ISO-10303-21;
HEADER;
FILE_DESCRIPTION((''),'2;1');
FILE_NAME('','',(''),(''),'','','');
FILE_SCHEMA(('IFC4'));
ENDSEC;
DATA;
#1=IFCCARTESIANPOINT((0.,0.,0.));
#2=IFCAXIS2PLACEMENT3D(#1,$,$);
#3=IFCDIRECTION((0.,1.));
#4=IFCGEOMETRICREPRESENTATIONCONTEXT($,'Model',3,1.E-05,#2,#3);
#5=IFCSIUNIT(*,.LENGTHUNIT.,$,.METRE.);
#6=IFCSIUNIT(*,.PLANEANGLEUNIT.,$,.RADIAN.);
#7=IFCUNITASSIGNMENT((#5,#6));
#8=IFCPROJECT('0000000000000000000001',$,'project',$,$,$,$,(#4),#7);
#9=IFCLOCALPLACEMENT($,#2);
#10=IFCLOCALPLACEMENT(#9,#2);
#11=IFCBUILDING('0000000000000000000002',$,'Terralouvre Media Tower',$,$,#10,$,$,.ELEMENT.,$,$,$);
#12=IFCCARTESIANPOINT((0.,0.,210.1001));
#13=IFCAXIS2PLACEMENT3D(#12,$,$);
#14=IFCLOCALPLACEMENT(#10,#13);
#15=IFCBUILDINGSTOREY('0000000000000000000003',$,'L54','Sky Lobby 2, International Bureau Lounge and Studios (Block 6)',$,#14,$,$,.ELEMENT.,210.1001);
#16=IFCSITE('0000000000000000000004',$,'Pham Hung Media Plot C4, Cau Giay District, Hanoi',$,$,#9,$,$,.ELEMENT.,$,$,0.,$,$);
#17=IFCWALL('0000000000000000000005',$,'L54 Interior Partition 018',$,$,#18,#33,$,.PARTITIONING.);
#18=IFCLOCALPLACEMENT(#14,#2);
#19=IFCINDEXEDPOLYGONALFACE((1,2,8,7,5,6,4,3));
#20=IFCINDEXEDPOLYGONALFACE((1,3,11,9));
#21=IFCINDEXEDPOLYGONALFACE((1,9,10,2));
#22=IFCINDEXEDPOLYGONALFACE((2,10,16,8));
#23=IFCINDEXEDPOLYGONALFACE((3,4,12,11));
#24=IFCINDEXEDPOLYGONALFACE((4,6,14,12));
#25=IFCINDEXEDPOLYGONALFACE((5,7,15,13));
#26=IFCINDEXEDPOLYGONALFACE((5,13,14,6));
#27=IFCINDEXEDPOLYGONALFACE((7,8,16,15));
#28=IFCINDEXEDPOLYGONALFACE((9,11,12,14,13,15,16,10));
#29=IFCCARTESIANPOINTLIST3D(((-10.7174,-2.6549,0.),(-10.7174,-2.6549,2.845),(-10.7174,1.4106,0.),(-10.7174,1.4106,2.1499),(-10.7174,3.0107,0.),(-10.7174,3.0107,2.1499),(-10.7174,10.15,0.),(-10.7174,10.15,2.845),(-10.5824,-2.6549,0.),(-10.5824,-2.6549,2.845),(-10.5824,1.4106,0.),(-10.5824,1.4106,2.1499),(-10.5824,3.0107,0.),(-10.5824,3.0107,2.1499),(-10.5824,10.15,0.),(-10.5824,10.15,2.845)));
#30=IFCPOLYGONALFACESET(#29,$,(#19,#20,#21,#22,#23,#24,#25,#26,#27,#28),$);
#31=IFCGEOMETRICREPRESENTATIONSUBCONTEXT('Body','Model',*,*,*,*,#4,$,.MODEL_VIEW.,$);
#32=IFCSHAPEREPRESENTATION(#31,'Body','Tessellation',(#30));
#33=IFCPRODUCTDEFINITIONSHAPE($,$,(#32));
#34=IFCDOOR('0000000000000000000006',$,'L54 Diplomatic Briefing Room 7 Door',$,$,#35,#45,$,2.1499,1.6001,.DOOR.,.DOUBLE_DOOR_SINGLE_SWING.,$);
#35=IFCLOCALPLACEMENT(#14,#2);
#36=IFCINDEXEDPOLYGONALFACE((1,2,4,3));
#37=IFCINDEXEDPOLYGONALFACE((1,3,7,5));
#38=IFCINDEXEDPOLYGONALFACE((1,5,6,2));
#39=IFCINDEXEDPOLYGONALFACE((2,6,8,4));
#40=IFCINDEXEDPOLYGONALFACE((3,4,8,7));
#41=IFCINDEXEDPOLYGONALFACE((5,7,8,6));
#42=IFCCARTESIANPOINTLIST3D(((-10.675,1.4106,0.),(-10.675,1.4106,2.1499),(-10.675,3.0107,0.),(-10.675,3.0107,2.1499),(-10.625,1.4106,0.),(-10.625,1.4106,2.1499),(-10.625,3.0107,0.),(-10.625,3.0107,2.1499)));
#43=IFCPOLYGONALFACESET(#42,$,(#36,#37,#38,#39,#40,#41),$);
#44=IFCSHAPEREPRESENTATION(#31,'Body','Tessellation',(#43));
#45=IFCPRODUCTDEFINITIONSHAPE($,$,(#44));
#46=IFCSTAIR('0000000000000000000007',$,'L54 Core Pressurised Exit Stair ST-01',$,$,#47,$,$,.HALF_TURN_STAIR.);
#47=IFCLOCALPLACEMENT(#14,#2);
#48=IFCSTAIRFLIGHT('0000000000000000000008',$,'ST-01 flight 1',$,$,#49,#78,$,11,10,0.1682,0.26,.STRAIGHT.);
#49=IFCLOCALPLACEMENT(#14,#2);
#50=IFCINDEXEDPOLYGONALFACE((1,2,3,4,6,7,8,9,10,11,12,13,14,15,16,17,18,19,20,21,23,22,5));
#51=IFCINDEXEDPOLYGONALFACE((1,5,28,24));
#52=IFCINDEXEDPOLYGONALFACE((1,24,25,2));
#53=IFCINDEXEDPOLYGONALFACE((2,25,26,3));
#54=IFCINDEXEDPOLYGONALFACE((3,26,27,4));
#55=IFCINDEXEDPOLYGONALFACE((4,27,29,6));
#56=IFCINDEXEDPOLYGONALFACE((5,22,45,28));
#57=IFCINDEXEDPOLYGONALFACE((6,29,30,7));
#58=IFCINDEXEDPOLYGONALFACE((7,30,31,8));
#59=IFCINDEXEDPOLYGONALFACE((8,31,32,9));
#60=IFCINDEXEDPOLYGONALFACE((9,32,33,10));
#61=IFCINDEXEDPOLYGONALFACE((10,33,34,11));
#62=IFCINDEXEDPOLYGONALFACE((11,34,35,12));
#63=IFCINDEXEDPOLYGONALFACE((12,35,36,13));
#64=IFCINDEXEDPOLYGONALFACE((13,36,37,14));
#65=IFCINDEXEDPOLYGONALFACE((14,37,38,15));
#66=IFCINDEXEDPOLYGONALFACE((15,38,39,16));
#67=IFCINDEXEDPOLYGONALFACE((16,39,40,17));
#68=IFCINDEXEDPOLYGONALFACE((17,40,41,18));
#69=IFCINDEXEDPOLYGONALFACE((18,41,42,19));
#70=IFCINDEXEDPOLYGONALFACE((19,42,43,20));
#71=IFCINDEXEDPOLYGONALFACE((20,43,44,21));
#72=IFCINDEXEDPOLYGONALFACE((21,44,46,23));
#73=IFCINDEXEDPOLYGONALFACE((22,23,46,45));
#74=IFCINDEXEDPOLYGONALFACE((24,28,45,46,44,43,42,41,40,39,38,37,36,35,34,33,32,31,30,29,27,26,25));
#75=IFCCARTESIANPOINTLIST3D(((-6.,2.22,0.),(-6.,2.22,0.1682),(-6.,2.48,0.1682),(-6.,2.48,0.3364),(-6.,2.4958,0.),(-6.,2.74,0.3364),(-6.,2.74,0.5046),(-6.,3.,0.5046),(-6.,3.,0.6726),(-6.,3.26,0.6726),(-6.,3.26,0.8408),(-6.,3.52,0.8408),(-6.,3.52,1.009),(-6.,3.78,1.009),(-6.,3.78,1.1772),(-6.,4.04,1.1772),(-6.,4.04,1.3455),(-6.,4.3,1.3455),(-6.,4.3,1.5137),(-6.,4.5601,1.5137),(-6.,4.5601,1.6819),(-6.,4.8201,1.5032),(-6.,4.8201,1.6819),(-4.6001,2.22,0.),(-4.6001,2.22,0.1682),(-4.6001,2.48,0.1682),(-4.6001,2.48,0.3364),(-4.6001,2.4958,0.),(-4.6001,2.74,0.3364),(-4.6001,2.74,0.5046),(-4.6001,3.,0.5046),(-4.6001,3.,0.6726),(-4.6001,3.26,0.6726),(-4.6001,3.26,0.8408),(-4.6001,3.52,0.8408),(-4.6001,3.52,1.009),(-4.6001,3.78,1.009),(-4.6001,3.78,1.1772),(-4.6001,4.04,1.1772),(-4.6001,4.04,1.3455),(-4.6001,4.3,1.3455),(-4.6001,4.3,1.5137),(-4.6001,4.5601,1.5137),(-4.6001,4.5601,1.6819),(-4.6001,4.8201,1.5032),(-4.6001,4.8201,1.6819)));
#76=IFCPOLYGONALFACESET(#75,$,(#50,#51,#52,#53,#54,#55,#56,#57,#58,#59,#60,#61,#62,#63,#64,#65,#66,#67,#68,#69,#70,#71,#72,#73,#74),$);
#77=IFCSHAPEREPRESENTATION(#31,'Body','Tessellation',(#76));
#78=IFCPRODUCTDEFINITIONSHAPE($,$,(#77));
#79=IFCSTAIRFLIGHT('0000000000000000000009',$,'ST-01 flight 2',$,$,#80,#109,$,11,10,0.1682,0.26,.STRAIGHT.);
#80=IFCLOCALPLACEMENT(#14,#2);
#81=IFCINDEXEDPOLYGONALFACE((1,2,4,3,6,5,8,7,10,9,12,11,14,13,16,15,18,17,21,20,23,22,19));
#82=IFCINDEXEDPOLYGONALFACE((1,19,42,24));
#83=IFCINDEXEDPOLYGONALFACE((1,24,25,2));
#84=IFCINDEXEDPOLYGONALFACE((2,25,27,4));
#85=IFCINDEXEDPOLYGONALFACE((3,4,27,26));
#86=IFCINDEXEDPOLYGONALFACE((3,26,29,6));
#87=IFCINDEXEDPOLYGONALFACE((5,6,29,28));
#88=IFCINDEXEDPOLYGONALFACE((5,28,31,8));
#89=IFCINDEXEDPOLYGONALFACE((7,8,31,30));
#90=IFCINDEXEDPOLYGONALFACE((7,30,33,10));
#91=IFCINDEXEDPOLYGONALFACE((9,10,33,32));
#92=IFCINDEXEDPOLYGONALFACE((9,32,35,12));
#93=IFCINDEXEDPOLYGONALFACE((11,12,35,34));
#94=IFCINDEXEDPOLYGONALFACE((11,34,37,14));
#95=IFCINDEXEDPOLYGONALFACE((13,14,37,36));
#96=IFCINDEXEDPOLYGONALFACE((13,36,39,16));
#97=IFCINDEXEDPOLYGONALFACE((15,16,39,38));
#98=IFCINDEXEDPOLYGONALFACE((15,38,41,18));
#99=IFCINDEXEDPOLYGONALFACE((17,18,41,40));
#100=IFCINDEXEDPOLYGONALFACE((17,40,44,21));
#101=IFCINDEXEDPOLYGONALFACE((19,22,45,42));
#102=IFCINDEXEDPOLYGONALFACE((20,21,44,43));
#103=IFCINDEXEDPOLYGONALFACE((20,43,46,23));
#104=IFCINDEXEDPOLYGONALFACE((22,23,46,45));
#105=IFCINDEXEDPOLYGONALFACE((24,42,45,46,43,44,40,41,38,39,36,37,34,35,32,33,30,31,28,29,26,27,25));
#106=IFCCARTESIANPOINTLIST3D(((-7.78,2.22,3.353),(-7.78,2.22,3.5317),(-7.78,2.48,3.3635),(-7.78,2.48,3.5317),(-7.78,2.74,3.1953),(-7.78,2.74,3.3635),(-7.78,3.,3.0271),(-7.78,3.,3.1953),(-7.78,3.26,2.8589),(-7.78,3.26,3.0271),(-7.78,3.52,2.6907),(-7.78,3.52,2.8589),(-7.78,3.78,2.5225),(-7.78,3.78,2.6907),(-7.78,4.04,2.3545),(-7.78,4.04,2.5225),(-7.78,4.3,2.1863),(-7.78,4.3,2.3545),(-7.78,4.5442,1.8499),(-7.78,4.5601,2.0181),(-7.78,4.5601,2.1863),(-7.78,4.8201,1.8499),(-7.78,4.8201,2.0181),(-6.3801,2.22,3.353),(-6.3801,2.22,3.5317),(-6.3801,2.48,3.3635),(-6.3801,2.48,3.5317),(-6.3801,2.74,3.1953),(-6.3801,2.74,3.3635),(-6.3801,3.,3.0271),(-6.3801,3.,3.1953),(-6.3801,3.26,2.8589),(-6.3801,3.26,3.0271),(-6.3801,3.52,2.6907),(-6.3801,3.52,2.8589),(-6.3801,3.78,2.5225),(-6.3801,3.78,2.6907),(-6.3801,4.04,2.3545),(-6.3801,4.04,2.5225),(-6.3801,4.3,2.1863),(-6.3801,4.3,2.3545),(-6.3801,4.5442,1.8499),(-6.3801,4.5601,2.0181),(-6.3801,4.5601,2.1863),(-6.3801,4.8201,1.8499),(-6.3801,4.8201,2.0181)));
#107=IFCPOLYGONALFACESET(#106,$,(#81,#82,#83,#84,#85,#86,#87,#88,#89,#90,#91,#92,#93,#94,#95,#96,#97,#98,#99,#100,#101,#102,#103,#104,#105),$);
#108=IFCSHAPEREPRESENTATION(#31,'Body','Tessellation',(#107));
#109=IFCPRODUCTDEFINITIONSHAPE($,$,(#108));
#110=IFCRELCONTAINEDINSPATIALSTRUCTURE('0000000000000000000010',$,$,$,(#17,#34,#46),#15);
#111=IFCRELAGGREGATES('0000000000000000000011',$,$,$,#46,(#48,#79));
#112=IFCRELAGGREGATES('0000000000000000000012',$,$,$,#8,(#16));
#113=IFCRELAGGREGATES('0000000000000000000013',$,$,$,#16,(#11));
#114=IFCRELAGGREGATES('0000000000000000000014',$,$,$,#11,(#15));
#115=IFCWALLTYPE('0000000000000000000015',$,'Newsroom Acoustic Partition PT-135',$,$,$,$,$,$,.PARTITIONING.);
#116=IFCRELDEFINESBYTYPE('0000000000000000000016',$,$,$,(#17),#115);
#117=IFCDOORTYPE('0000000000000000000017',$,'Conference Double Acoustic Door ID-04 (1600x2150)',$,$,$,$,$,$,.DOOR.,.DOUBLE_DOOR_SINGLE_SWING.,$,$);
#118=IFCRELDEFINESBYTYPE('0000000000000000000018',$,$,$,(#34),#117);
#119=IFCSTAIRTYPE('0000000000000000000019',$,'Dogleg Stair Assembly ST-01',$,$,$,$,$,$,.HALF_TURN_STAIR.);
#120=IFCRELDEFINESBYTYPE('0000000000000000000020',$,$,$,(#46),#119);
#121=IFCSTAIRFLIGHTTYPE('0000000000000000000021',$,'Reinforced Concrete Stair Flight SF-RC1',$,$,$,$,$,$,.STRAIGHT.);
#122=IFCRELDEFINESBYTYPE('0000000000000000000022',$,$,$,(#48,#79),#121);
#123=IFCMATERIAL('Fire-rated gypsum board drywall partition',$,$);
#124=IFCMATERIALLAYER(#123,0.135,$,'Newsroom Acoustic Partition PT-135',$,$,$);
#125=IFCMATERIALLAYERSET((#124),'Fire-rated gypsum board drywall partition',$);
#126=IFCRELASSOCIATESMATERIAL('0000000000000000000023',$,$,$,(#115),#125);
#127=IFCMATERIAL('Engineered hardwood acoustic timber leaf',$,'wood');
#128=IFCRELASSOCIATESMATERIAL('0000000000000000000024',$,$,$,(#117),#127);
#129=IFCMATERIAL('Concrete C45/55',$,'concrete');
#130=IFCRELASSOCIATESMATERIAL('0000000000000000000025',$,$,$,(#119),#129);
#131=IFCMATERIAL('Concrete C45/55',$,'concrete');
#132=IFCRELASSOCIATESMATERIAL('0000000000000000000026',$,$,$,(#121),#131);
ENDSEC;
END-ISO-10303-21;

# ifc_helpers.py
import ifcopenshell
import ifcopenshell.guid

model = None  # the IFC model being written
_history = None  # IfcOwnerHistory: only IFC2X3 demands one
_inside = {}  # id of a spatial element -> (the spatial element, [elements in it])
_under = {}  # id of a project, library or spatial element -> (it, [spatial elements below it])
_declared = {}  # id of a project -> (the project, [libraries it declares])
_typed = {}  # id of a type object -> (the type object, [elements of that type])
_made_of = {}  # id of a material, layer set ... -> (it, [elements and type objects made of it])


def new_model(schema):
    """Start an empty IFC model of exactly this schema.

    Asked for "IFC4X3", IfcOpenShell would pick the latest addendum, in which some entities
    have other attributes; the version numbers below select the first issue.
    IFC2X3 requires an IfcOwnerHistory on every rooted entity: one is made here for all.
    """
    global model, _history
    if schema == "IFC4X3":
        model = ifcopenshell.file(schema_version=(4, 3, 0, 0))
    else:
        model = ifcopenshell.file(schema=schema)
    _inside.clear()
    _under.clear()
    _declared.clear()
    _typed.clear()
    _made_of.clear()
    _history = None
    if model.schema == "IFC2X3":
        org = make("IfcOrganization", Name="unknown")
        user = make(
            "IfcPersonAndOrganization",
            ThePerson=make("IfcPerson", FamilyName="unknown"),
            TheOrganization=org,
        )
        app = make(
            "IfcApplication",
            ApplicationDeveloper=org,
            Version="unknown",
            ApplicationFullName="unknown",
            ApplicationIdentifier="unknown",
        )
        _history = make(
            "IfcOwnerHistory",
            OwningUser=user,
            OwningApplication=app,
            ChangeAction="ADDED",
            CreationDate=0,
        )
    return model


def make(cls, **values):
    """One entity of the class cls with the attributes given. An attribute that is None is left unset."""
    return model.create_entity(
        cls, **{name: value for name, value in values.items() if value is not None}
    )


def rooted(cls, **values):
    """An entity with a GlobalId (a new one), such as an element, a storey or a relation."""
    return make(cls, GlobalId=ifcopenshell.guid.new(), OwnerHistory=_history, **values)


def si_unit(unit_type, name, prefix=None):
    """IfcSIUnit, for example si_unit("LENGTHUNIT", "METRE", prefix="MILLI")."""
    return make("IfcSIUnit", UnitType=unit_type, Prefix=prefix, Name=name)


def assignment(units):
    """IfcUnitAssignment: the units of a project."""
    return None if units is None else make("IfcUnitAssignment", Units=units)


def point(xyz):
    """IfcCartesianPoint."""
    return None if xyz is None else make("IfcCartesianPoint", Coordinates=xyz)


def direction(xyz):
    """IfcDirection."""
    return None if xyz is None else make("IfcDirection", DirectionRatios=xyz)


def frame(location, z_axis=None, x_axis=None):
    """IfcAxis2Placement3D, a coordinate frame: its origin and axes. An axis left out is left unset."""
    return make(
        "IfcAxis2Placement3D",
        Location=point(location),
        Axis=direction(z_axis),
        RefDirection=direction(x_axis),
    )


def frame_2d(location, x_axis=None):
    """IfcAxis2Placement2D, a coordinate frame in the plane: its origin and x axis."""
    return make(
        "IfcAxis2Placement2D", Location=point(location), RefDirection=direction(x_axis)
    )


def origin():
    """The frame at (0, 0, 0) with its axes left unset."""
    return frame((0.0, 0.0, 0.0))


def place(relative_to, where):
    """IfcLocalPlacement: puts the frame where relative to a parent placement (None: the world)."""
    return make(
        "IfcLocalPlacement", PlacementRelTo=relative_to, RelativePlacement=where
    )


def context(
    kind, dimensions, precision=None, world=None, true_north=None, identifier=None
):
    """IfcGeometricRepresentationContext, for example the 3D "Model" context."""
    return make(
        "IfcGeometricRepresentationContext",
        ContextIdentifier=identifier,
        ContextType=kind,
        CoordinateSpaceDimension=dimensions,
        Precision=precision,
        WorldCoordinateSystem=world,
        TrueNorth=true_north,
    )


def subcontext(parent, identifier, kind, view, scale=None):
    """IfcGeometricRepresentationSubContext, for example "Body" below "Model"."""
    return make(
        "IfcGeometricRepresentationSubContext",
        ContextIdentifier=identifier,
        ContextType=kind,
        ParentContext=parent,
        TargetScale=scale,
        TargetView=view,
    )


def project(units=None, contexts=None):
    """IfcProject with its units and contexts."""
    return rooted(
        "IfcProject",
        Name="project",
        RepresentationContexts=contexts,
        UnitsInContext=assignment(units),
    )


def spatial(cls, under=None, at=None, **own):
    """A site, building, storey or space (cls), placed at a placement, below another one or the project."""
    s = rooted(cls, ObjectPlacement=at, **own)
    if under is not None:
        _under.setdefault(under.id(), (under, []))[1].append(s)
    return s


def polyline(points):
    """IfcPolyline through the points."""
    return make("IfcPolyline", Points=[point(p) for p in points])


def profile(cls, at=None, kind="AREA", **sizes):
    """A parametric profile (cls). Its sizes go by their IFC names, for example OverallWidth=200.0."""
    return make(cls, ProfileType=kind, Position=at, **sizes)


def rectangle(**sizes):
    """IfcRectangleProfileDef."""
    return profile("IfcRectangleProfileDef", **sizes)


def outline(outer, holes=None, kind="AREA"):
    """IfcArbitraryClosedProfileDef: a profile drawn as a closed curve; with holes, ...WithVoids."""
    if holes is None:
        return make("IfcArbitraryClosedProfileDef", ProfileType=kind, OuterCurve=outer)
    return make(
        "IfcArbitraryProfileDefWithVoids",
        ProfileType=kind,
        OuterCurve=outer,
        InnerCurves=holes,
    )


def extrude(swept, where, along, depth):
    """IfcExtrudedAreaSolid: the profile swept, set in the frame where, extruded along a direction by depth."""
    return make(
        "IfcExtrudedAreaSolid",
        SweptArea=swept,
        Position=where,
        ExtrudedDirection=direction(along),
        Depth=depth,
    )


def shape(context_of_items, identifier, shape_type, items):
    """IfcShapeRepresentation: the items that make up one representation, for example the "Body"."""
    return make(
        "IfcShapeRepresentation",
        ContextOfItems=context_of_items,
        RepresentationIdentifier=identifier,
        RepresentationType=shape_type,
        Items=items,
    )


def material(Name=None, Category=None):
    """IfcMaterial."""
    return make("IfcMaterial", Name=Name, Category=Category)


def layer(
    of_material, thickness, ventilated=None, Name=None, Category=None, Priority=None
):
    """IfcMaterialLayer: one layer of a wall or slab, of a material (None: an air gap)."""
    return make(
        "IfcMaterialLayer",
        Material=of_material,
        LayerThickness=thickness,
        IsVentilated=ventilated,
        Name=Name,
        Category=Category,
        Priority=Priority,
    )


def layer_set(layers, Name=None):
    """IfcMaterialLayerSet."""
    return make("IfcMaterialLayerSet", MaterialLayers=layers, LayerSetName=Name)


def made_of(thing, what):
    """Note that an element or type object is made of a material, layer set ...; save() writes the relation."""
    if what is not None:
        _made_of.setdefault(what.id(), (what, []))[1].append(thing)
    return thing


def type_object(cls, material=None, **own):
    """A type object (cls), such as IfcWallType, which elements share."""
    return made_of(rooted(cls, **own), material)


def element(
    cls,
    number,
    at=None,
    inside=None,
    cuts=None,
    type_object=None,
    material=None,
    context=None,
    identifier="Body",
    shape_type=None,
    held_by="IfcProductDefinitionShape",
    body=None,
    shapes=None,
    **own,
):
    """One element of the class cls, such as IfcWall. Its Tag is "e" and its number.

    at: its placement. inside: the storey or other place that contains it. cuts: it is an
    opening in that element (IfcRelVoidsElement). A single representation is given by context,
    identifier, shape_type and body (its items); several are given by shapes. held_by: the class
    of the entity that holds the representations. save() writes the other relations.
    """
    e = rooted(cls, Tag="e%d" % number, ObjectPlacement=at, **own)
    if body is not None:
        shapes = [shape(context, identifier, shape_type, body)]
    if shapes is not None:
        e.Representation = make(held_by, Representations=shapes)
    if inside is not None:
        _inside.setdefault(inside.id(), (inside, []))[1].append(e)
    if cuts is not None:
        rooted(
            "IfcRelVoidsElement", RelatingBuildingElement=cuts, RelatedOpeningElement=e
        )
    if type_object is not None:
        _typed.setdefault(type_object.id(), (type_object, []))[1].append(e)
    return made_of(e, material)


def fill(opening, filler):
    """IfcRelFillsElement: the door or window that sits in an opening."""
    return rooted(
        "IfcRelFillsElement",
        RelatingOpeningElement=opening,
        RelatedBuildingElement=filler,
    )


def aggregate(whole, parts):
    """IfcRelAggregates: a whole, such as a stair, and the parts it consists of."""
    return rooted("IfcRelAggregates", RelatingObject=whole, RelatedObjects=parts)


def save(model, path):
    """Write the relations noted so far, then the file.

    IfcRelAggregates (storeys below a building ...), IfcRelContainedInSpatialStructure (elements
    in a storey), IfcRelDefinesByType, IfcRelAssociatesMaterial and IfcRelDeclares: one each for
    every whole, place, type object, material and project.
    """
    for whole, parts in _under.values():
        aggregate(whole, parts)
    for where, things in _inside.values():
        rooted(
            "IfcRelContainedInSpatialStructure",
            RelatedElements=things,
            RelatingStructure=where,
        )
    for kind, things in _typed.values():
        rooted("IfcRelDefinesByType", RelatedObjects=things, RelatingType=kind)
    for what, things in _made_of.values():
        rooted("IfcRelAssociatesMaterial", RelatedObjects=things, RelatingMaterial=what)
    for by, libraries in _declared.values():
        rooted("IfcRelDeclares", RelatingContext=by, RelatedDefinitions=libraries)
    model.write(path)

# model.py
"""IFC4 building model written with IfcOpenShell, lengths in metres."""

from ifc_helpers import new_model, si_unit, direction, frame, frame_2d, origin, place, context, subcontext, project, spatial, polyline, rectangle, outline, extrude, material, layer, layer_set, type_object, element, fill, aggregate, save


model = new_model("IFC4")

# Units and contexts
model_context = context("Model", 3, precision=1e-05, world=origin(), true_north=direction((0.0, 1.0)))
body_context = subcontext(model_context, "Body", "Model", "MODEL_VIEW")
ifc_project = project(units=[si_unit("LENGTHUNIT", "METRE"), si_unit("PLANEANGLEUNIT", "RADIAN")], contexts=[model_context])

# Site, building, storey
site_placement = place(None, origin())
site = spatial("IfcSite", under=ifc_project, at=site_placement, Name="Pham Hung Media Plot C4, Cau Giay District, Hanoi", CompositionType="ELEMENT", RefElevation=0.0)
building_placement = place(site_placement, origin())
building = spatial("IfcBuilding", under=site, at=building_placement, Name="Terralouvre Media Tower", CompositionType="ELEMENT")
storey_placement = place(building_placement, frame((0.0, 0.0, 210.1001)))
storey = spatial("IfcBuildingStorey", under=building, at=storey_placement, Name="L54", Description="Sky Lobby 2, International Bureau Lounge and Studios (Block 6)", CompositionType="ELEMENT", Elevation=210.1001)

# Wall, opening, door
ifc_material_1 = material(Name="Fire-rated gypsum board drywall partition")
ifc_layer_1 = layer(ifc_material_1, 0.135, Name="Newsroom Acoustic Partition PT-135")
ifc_layer_set_1 = layer_set([ifc_layer_1], Name="Fire-rated gypsum board drywall partition")
wall_type_1 = type_object("IfcWallType", Name="Newsroom Acoustic Partition PT-135", PredefinedType="PARTITIONING", material=ifc_layer_set_1)
wall_1_placement = place(storey_placement, frame((-10.6499, 10.1499, 0.0), z_axis=(0.0, 0.0, 1.0), x_axis=(0.0, -1.0, 0.0)))
wall_1 = element("IfcWall", 1, at=wall_1_placement, inside=storey, type_object=wall_type_1, Name="L54 Interior Partition 018", PredefinedType="PARTITIONING", context=body_context, shape_type="SweptSolid", body=[
    extrude(rectangle(XDim=12.8049, YDim=0.135, at=frame_2d((6.4023, 0.0))), origin(), (0.0, 0.0, 1.0), 2.845),
])
opening_1_placement = place(wall_1_placement, frame((7.1392, 0.0, 0.0)))
opening_1 = element("IfcOpeningElement", 2, at=opening_1_placement, cuts=wall_1, PredefinedType="OPENING", context=body_context, shape_type="SweptSolid", body=[
    extrude(rectangle(XDim=1.6001, YDim=2.1499, at=frame_2d((0.8, 1.075))), frame((0.0, 0.0774, 0.0), z_axis=(0.0, -1.0, 0.0), x_axis=(1.0, 0.0, 0.0)), (0.0, 0.0, 1.0), 0.155),
])
ifc_material_2 = material(Name="Engineered hardwood acoustic timber leaf", Category="wood")
door_type_1 = type_object("IfcDoorType", Name="Conference Double Acoustic Door ID-04 (1600x2150)", OperationType="DOUBLE_DOOR_SINGLE_SWING", PredefinedType="DOOR", material=ifc_material_2)
door_1_placement = place(opening_1_placement, origin())
door_1 = element("IfcDoor", 3, at=door_1_placement, inside=storey, type_object=door_type_1, Name="L54 Diplomatic Briefing Room 7 Door", OperationType="DOUBLE_DOOR_SINGLE_SWING", OverallHeight=2.1499, OverallWidth=1.6001, PredefinedType="DOOR", context=body_context, shape_type="SweptSolid", body=[
    extrude(rectangle(XDim=1.6001, YDim=2.1499, at=frame_2d((0.8, 1.075))), frame((0.0, 0.0249, 0.0), z_axis=(0.0, -1.0, 0.0), x_axis=(1.0, 0.0, 0.0)), (0.0, 0.0, 1.0), 0.05),
])
fill(opening_1, door_1)

# Stair, stair flights
ifc_material_3 = material(Name="Concrete C45/55", Category="concrete")
stair_type = type_object("IfcStairType", Name="Dogleg Stair Assembly ST-01", PredefinedType="HALF_TURN_STAIR", material=ifc_material_3)
stair_placement = place(storey_placement, origin())
stair = element("IfcStair", 4, at=stair_placement, inside=storey, type_object=stair_type, Name="L54 Core Pressurised Exit Stair ST-01", PredefinedType="HALF_TURN_STAIR")
ifc_material_4 = material(Name="Concrete C45/55", Category="concrete")
stair_flight_type = type_object("IfcStairFlightType", Name="Reinforced Concrete Stair Flight SF-RC1", PredefinedType="STRAIGHT", material=ifc_material_4)
stair_flight_1_placement = place(storey_placement, frame((-5.3, 2.22, 0.0), z_axis=(0.0, 0.0, 1.0), x_axis=(0.0, 1.0, 0.0)))
stair_flight_1 = element("IfcStairFlight", 5, at=stair_flight_1_placement, type_object=stair_flight_type, Name="ST-01 flight 1", NumberOfRisers=11, NumberOfTreads=10, PredefinedType="STRAIGHT", RiserHeight=0.1682, TreadLength=0.26, context=body_context, shape_type="SweptSolid", body=[
    extrude(outline(polyline([(0.0, 0.0), (0.0, 0.1682), (0.26, 0.1682), (0.26, 0.3364), (0.52, 0.3364), (0.52, 0.5046), (0.78, 0.5046), (0.78, 0.6726), (1.04, 0.6726), (1.04, 0.8408), (1.3, 0.8408), (1.3, 1.009), (1.5601, 1.009), (1.5601, 1.1772), (1.8201, 1.1772), (1.8201, 1.3455), (2.0801, 1.3455), (2.0801, 1.5137), (2.3401, 1.5137), (2.3401, 1.6819), (2.6001, 1.6819), (2.6001, 1.8501), (2.6001, 1.5032), (0.2759, 0.0), (0.0, 0.0)])), frame((0.0, 0.7, 0.0), z_axis=(0.0, -1.0, 0.0), x_axis=(1.0, 0.0, 0.0)), (0.0, 0.0, 1.0), 1.3999),
])
stair_flight_2_placement = place(storey_placement, frame((-7.0801, 4.8201, 1.8499), z_axis=(0.0, 0.0, 1.0), x_axis=(0.0, -1.0, 0.0)))
stair_flight_2 = element("IfcStairFlight", 6, at=stair_flight_2_placement, type_object=stair_flight_type, Name="ST-01 flight 2", NumberOfRisers=11, NumberOfTreads=10, PredefinedType="STRAIGHT", RiserHeight=0.1682, TreadLength=0.26, context=body_context, shape_type="SweptSolid", body=[
    extrude(outline(polyline([(0.0, 0.0), (0.0, 0.1682), (0.26, 0.1682), (0.26, 0.3364), (0.52, 0.3364), (0.52, 0.5046), (0.78, 0.5046), (0.78, 0.6726), (1.04, 0.6726), (1.04, 0.8408), (1.3, 0.8408), (1.3, 1.009), (1.5601, 1.009), (1.5601, 1.1772), (1.8201, 1.1772), (1.8201, 1.3455), (2.0801, 1.3455), (2.0801, 1.5137), (2.3401, 1.5137), (2.3401, 1.6819), (2.6001, 1.6819), (2.6001, 1.8501), (2.6001, 1.5032), (0.2759, 0.0), (0.0, 0.0)])), frame((0.0, 0.7, 0.0), z_axis=(0.0, -1.0, 0.0), x_axis=(1.0, 0.0, 0.0)), (0.0, 0.0, 1.0), 1.3999),
])
aggregate(stair, [stair_flight_1, stair_flight_2])

save(model, "model.ifc")
